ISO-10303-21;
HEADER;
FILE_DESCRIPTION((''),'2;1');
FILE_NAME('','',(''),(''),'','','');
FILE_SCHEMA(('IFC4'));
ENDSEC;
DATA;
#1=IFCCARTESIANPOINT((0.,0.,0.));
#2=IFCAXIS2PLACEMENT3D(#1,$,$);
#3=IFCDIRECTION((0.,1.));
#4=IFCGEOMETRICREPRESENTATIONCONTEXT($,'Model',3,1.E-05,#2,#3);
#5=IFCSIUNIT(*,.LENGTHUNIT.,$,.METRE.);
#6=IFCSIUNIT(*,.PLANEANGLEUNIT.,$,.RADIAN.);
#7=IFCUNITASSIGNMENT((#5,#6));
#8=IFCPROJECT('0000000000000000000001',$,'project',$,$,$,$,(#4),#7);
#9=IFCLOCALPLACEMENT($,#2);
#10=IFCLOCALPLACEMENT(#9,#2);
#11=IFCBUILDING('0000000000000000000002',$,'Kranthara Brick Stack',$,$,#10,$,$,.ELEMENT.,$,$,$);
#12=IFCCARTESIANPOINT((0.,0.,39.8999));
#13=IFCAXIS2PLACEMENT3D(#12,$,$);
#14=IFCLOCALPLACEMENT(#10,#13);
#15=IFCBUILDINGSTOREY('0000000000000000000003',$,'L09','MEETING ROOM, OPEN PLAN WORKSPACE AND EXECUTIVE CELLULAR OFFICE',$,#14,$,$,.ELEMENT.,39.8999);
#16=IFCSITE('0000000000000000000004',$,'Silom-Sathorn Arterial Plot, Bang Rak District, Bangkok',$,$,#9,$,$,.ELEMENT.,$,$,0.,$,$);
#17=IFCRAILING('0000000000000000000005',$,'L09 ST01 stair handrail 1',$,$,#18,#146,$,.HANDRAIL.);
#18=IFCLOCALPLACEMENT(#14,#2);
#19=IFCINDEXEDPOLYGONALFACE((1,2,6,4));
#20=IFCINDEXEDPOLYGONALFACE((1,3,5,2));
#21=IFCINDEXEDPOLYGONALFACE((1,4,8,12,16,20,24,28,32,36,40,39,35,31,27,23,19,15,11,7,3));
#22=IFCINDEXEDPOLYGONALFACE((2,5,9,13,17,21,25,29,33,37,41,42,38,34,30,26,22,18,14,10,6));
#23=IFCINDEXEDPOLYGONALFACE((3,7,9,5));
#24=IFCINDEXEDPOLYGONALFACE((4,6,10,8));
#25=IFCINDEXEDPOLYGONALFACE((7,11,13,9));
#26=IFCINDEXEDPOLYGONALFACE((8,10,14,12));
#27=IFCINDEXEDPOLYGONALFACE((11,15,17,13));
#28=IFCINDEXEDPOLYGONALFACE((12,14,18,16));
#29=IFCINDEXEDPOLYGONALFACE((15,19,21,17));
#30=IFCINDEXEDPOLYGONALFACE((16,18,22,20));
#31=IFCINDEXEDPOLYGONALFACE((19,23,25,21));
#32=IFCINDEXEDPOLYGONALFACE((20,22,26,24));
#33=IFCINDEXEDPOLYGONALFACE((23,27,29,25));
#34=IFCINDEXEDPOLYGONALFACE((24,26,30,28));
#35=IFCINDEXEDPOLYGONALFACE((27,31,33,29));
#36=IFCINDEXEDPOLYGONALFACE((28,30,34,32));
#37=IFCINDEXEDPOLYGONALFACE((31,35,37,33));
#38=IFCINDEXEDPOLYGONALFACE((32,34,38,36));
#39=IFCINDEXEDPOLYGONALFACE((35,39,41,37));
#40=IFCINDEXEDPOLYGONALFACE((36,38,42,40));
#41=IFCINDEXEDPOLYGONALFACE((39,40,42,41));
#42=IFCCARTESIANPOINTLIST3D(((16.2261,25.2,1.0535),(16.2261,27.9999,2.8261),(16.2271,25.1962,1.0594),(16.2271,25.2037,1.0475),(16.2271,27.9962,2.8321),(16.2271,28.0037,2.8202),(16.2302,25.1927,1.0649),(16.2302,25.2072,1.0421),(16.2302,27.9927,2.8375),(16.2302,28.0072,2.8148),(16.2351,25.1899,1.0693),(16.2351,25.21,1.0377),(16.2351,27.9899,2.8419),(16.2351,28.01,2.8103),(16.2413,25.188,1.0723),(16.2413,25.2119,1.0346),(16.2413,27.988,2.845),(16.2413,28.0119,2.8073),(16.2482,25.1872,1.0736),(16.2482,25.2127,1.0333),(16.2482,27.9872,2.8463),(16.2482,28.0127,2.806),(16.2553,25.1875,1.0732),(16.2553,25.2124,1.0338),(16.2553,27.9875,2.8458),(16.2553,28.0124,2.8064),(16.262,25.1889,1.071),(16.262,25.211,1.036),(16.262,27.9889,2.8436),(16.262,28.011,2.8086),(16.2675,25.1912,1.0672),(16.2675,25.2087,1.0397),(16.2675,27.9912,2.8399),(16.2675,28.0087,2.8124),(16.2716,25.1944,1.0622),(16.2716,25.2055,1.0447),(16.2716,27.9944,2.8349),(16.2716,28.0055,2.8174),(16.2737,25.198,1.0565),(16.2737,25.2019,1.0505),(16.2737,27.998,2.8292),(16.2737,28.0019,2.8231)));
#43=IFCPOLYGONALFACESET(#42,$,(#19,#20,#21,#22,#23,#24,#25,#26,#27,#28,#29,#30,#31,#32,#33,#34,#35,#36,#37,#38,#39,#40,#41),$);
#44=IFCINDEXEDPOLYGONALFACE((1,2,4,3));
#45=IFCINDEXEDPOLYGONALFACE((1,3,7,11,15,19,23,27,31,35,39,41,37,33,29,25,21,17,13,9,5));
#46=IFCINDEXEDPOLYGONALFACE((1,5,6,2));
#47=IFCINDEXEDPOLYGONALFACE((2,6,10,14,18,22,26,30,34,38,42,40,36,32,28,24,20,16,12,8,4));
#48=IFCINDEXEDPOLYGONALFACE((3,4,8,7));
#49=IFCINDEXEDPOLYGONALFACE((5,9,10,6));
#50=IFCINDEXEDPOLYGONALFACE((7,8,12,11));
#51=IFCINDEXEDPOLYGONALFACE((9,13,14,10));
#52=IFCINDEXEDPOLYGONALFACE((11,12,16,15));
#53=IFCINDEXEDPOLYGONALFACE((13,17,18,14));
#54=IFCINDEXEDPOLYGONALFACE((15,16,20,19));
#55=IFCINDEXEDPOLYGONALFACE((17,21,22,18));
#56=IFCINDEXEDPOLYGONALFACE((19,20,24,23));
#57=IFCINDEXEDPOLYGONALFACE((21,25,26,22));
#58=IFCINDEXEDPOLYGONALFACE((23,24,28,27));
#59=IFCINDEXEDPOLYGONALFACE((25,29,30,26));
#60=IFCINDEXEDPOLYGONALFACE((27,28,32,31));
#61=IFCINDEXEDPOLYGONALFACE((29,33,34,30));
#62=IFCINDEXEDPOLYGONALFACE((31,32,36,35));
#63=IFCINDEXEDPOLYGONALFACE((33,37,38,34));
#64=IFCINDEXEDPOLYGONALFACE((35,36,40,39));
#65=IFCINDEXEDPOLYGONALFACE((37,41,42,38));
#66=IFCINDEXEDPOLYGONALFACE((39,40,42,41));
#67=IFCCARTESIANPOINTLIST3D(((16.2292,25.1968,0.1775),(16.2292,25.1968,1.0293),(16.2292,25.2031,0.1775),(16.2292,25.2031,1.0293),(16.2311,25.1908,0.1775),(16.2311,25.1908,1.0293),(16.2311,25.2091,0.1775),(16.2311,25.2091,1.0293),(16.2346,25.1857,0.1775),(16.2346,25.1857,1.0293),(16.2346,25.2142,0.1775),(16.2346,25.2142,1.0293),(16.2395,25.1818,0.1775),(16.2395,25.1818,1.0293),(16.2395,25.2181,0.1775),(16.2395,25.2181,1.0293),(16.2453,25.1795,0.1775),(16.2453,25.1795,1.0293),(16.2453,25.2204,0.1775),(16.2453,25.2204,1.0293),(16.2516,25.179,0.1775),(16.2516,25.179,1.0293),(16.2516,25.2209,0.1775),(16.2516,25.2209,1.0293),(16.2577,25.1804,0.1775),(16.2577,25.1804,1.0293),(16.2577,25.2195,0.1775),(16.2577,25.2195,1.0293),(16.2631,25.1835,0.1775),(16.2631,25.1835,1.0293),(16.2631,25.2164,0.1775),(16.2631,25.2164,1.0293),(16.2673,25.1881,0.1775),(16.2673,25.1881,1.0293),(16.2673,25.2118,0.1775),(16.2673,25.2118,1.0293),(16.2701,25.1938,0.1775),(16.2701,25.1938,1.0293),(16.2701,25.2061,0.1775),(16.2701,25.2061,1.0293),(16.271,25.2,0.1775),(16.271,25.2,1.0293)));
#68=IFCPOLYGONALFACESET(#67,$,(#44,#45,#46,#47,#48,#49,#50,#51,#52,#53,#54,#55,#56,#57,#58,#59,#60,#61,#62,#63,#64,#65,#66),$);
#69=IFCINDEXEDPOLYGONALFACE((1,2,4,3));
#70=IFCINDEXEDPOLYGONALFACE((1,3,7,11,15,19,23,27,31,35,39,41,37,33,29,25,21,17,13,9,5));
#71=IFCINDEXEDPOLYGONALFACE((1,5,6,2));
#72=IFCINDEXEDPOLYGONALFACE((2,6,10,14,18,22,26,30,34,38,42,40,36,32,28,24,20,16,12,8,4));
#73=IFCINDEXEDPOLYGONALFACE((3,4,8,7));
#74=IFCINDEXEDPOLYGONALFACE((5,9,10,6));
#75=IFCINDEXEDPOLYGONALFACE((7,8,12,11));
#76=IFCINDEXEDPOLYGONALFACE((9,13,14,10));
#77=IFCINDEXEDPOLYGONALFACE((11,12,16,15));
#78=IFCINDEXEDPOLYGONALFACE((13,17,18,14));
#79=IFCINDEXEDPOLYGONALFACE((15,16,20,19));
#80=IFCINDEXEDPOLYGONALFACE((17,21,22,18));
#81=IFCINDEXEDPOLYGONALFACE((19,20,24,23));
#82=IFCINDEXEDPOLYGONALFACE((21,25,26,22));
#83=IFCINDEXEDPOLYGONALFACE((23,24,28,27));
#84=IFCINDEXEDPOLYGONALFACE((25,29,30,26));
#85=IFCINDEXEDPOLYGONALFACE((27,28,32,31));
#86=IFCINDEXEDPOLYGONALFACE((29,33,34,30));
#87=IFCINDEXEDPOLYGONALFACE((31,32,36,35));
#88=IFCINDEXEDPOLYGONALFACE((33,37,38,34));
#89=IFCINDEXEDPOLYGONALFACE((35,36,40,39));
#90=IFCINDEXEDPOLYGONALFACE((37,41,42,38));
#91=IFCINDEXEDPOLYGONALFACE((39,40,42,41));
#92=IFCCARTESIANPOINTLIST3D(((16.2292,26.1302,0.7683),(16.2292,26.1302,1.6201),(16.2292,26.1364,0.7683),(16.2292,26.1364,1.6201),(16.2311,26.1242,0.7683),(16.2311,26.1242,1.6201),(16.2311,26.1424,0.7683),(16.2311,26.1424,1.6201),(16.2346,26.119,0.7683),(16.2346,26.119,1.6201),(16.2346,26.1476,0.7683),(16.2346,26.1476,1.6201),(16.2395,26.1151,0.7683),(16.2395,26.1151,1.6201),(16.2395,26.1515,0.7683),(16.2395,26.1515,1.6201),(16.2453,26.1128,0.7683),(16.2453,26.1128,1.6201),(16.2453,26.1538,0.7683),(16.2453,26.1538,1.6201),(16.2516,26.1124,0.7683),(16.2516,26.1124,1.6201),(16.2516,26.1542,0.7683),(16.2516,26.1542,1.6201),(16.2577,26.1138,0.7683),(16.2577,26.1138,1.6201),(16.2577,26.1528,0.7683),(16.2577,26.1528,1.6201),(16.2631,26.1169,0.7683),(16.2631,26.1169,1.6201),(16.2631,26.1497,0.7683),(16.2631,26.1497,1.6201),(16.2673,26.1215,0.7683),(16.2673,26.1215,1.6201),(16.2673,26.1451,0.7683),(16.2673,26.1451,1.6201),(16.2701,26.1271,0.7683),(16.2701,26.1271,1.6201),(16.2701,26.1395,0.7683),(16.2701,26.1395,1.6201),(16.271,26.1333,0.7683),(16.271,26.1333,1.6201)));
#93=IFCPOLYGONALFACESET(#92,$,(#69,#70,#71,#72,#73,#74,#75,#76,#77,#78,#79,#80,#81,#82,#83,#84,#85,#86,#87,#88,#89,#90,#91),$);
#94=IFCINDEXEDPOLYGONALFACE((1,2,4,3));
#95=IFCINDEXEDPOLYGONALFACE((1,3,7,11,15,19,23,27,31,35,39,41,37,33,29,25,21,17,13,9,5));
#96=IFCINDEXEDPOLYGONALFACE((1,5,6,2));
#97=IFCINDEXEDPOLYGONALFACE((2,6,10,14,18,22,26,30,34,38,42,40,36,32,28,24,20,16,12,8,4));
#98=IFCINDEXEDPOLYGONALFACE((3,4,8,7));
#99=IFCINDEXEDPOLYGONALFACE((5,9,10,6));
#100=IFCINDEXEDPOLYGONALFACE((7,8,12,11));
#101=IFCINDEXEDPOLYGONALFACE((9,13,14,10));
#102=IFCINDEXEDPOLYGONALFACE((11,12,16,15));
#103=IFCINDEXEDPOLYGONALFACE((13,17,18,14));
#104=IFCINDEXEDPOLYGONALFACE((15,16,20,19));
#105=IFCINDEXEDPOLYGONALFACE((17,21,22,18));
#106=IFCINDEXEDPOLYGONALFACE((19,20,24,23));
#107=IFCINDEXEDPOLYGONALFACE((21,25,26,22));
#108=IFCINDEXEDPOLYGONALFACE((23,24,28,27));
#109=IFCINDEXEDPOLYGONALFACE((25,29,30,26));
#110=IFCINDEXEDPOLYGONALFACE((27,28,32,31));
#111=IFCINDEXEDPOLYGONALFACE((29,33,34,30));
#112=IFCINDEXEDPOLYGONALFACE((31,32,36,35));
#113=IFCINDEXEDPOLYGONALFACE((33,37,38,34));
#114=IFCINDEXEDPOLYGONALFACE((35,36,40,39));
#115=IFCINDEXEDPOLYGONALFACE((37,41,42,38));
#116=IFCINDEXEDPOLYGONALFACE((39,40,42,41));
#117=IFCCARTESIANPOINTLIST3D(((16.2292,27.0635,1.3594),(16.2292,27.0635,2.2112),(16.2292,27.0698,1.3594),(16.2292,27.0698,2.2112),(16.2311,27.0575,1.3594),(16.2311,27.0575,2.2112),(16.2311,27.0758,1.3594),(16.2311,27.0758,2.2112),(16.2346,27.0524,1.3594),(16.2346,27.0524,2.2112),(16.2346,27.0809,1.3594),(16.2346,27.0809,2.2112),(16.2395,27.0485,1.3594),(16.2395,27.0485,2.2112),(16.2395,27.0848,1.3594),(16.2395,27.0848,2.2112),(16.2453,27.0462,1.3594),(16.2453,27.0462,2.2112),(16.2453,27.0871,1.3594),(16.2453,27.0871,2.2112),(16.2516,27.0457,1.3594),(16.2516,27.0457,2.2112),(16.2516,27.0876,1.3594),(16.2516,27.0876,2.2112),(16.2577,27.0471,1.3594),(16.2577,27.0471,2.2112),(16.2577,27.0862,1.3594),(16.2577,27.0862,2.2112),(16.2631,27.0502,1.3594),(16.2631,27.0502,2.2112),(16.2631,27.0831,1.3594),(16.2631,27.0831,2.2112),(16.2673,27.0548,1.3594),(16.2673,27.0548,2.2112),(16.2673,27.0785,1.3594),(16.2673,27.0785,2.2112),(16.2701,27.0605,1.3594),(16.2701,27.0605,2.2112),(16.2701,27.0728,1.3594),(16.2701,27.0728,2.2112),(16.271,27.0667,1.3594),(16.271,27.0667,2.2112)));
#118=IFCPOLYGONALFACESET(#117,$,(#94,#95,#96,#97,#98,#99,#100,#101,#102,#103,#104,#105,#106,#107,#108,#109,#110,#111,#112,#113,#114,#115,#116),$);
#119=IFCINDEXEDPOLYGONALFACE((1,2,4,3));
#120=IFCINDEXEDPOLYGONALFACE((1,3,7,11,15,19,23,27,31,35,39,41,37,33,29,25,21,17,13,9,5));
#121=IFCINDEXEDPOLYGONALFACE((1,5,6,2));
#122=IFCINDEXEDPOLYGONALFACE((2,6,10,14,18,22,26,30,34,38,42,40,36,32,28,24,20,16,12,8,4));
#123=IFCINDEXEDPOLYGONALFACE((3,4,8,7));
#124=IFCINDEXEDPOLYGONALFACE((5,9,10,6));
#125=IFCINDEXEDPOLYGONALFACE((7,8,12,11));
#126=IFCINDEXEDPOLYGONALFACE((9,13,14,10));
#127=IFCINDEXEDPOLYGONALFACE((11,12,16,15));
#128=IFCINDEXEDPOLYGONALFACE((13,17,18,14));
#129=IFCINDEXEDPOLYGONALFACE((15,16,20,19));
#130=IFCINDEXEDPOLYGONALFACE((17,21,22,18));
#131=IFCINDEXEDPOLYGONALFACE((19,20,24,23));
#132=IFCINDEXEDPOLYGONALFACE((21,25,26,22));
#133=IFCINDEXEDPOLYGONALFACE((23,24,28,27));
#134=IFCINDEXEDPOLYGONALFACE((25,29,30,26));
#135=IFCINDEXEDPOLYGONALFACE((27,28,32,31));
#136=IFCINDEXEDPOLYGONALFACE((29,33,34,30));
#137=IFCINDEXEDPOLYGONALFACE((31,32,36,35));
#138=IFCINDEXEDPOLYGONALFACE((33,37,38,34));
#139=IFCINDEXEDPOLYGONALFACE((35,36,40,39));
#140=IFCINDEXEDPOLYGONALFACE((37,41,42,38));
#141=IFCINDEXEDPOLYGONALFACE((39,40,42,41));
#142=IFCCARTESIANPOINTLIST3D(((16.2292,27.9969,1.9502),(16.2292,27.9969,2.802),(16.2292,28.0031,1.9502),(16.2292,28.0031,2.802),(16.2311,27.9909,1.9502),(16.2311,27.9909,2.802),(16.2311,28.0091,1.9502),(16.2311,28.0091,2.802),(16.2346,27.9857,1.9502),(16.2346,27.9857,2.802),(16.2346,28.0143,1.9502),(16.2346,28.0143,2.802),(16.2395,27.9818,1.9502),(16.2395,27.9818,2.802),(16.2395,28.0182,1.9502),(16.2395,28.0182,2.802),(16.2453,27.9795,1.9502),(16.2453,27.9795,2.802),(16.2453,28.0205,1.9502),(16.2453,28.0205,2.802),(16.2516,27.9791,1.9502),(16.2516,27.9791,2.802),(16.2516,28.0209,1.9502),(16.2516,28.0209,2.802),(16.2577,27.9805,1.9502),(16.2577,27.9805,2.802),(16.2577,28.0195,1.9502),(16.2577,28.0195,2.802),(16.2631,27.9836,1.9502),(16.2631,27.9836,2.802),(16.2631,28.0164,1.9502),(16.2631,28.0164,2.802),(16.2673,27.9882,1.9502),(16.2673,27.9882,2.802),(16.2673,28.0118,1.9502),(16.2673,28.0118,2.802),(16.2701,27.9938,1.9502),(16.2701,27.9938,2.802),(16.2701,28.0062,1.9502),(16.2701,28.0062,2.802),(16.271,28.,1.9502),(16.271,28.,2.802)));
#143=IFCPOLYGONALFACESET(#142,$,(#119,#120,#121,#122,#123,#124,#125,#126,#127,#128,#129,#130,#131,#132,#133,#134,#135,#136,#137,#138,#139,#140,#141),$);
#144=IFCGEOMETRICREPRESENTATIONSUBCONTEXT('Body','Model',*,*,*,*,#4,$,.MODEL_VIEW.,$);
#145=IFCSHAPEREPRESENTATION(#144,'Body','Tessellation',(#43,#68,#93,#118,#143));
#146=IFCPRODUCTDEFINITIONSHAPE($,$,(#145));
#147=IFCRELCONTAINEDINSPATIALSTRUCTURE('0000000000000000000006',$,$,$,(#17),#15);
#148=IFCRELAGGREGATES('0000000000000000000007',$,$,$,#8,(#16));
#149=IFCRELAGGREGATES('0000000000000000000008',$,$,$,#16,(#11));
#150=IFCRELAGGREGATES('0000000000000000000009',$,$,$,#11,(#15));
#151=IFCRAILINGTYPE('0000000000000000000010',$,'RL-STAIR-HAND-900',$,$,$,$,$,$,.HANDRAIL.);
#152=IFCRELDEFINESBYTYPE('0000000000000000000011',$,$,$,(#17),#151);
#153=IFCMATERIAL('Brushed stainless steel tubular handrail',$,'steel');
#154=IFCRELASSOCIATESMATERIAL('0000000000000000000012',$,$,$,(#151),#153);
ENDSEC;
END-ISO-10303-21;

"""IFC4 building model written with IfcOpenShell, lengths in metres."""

from ifc_helpers import new_model, si_unit, direction, frame, origin, origin_2d, place, context, subcontext, project, spatial, circle, extrude, material, type_object, element, save


model = new_model("IFC4")

# Units and contexts
model_context = context("Model", 3, precision=1e-05, world=origin(), true_north=direction((0.0, 1.0)))
body_context = subcontext(model_context, "Body", "Model", "MODEL_VIEW")
ifc_project = project(units=[si_unit("LENGTHUNIT", "METRE"), si_unit("PLANEANGLEUNIT", "RADIAN")], contexts=[model_context])

# Site, building, storey
site_placement = place(None, origin())
site = spatial("IfcSite", under=ifc_project, at=site_placement, Name="Silom-Sathorn Arterial Plot, Bang Rak District, Bangkok", CompositionType="ELEMENT", RefElevation=0.0)
building_placement = place(site_placement, origin())
building = spatial("IfcBuilding", under=site, at=building_placement, Name="Kranthara Brick Stack", CompositionType="ELEMENT")
storey_placement = place(building_placement, frame((0.0, 0.0, 39.8999)))
storey = spatial("IfcBuildingStorey", under=building, at=storey_placement, Name="L09", Description="MEETING ROOM, OPEN PLAN WORKSPACE AND EXECUTIVE CELLULAR OFFICE", CompositionType="ELEMENT", Elevation=39.8999)

# Railing
ifc_material_1 = material(Name="Brushed stainless steel tubular handrail", Category="steel")
railing_type_1 = type_object("IfcRailingType", Name="RL-STAIR-HAND-900", PredefinedType="HANDRAIL", material=ifc_material_1)
railing_1_placement = place(storey_placement, frame((16.25, 25.2, 0.1775)))
element("IfcRailing", 1, at=railing_1_placement, inside=storey, type_object=railing_type_1, Name="L09 ST01 stair handrail 1", PredefinedType="HANDRAIL", context=body_context, shape_type="SweptSolid", body=[
    extrude(circle(Radius=0.0239, at=origin_2d()), frame((0.0, 0.0, 0.876), z_axis=(0.0, 0.844909, 0.53491), x_axis=(-1.0, 0.0, 0.0)), (0.0, 0.0, 1.0), 3.314),
    extrude(circle(Radius=0.021, at=origin_2d()), origin(), (0.0, 0.0, 1.0), 0.8518),
    extrude(circle(Radius=0.021, at=origin_2d()), frame((0.0, 0.9333, 0.5908)), (0.0, 0.0, 1.0), 0.8518),
    extrude(circle(Radius=0.021, at=origin_2d()), frame((0.0, 1.8667, 1.1819)), (0.0, 0.0, 1.0), 0.8518),
    extrude(circle(Radius=0.021, at=origin_2d()), frame((0.0, 2.8, 1.7727)), (0.0, 0.0, 1.0), 0.8518),
])

save(model, "model.ifc")
